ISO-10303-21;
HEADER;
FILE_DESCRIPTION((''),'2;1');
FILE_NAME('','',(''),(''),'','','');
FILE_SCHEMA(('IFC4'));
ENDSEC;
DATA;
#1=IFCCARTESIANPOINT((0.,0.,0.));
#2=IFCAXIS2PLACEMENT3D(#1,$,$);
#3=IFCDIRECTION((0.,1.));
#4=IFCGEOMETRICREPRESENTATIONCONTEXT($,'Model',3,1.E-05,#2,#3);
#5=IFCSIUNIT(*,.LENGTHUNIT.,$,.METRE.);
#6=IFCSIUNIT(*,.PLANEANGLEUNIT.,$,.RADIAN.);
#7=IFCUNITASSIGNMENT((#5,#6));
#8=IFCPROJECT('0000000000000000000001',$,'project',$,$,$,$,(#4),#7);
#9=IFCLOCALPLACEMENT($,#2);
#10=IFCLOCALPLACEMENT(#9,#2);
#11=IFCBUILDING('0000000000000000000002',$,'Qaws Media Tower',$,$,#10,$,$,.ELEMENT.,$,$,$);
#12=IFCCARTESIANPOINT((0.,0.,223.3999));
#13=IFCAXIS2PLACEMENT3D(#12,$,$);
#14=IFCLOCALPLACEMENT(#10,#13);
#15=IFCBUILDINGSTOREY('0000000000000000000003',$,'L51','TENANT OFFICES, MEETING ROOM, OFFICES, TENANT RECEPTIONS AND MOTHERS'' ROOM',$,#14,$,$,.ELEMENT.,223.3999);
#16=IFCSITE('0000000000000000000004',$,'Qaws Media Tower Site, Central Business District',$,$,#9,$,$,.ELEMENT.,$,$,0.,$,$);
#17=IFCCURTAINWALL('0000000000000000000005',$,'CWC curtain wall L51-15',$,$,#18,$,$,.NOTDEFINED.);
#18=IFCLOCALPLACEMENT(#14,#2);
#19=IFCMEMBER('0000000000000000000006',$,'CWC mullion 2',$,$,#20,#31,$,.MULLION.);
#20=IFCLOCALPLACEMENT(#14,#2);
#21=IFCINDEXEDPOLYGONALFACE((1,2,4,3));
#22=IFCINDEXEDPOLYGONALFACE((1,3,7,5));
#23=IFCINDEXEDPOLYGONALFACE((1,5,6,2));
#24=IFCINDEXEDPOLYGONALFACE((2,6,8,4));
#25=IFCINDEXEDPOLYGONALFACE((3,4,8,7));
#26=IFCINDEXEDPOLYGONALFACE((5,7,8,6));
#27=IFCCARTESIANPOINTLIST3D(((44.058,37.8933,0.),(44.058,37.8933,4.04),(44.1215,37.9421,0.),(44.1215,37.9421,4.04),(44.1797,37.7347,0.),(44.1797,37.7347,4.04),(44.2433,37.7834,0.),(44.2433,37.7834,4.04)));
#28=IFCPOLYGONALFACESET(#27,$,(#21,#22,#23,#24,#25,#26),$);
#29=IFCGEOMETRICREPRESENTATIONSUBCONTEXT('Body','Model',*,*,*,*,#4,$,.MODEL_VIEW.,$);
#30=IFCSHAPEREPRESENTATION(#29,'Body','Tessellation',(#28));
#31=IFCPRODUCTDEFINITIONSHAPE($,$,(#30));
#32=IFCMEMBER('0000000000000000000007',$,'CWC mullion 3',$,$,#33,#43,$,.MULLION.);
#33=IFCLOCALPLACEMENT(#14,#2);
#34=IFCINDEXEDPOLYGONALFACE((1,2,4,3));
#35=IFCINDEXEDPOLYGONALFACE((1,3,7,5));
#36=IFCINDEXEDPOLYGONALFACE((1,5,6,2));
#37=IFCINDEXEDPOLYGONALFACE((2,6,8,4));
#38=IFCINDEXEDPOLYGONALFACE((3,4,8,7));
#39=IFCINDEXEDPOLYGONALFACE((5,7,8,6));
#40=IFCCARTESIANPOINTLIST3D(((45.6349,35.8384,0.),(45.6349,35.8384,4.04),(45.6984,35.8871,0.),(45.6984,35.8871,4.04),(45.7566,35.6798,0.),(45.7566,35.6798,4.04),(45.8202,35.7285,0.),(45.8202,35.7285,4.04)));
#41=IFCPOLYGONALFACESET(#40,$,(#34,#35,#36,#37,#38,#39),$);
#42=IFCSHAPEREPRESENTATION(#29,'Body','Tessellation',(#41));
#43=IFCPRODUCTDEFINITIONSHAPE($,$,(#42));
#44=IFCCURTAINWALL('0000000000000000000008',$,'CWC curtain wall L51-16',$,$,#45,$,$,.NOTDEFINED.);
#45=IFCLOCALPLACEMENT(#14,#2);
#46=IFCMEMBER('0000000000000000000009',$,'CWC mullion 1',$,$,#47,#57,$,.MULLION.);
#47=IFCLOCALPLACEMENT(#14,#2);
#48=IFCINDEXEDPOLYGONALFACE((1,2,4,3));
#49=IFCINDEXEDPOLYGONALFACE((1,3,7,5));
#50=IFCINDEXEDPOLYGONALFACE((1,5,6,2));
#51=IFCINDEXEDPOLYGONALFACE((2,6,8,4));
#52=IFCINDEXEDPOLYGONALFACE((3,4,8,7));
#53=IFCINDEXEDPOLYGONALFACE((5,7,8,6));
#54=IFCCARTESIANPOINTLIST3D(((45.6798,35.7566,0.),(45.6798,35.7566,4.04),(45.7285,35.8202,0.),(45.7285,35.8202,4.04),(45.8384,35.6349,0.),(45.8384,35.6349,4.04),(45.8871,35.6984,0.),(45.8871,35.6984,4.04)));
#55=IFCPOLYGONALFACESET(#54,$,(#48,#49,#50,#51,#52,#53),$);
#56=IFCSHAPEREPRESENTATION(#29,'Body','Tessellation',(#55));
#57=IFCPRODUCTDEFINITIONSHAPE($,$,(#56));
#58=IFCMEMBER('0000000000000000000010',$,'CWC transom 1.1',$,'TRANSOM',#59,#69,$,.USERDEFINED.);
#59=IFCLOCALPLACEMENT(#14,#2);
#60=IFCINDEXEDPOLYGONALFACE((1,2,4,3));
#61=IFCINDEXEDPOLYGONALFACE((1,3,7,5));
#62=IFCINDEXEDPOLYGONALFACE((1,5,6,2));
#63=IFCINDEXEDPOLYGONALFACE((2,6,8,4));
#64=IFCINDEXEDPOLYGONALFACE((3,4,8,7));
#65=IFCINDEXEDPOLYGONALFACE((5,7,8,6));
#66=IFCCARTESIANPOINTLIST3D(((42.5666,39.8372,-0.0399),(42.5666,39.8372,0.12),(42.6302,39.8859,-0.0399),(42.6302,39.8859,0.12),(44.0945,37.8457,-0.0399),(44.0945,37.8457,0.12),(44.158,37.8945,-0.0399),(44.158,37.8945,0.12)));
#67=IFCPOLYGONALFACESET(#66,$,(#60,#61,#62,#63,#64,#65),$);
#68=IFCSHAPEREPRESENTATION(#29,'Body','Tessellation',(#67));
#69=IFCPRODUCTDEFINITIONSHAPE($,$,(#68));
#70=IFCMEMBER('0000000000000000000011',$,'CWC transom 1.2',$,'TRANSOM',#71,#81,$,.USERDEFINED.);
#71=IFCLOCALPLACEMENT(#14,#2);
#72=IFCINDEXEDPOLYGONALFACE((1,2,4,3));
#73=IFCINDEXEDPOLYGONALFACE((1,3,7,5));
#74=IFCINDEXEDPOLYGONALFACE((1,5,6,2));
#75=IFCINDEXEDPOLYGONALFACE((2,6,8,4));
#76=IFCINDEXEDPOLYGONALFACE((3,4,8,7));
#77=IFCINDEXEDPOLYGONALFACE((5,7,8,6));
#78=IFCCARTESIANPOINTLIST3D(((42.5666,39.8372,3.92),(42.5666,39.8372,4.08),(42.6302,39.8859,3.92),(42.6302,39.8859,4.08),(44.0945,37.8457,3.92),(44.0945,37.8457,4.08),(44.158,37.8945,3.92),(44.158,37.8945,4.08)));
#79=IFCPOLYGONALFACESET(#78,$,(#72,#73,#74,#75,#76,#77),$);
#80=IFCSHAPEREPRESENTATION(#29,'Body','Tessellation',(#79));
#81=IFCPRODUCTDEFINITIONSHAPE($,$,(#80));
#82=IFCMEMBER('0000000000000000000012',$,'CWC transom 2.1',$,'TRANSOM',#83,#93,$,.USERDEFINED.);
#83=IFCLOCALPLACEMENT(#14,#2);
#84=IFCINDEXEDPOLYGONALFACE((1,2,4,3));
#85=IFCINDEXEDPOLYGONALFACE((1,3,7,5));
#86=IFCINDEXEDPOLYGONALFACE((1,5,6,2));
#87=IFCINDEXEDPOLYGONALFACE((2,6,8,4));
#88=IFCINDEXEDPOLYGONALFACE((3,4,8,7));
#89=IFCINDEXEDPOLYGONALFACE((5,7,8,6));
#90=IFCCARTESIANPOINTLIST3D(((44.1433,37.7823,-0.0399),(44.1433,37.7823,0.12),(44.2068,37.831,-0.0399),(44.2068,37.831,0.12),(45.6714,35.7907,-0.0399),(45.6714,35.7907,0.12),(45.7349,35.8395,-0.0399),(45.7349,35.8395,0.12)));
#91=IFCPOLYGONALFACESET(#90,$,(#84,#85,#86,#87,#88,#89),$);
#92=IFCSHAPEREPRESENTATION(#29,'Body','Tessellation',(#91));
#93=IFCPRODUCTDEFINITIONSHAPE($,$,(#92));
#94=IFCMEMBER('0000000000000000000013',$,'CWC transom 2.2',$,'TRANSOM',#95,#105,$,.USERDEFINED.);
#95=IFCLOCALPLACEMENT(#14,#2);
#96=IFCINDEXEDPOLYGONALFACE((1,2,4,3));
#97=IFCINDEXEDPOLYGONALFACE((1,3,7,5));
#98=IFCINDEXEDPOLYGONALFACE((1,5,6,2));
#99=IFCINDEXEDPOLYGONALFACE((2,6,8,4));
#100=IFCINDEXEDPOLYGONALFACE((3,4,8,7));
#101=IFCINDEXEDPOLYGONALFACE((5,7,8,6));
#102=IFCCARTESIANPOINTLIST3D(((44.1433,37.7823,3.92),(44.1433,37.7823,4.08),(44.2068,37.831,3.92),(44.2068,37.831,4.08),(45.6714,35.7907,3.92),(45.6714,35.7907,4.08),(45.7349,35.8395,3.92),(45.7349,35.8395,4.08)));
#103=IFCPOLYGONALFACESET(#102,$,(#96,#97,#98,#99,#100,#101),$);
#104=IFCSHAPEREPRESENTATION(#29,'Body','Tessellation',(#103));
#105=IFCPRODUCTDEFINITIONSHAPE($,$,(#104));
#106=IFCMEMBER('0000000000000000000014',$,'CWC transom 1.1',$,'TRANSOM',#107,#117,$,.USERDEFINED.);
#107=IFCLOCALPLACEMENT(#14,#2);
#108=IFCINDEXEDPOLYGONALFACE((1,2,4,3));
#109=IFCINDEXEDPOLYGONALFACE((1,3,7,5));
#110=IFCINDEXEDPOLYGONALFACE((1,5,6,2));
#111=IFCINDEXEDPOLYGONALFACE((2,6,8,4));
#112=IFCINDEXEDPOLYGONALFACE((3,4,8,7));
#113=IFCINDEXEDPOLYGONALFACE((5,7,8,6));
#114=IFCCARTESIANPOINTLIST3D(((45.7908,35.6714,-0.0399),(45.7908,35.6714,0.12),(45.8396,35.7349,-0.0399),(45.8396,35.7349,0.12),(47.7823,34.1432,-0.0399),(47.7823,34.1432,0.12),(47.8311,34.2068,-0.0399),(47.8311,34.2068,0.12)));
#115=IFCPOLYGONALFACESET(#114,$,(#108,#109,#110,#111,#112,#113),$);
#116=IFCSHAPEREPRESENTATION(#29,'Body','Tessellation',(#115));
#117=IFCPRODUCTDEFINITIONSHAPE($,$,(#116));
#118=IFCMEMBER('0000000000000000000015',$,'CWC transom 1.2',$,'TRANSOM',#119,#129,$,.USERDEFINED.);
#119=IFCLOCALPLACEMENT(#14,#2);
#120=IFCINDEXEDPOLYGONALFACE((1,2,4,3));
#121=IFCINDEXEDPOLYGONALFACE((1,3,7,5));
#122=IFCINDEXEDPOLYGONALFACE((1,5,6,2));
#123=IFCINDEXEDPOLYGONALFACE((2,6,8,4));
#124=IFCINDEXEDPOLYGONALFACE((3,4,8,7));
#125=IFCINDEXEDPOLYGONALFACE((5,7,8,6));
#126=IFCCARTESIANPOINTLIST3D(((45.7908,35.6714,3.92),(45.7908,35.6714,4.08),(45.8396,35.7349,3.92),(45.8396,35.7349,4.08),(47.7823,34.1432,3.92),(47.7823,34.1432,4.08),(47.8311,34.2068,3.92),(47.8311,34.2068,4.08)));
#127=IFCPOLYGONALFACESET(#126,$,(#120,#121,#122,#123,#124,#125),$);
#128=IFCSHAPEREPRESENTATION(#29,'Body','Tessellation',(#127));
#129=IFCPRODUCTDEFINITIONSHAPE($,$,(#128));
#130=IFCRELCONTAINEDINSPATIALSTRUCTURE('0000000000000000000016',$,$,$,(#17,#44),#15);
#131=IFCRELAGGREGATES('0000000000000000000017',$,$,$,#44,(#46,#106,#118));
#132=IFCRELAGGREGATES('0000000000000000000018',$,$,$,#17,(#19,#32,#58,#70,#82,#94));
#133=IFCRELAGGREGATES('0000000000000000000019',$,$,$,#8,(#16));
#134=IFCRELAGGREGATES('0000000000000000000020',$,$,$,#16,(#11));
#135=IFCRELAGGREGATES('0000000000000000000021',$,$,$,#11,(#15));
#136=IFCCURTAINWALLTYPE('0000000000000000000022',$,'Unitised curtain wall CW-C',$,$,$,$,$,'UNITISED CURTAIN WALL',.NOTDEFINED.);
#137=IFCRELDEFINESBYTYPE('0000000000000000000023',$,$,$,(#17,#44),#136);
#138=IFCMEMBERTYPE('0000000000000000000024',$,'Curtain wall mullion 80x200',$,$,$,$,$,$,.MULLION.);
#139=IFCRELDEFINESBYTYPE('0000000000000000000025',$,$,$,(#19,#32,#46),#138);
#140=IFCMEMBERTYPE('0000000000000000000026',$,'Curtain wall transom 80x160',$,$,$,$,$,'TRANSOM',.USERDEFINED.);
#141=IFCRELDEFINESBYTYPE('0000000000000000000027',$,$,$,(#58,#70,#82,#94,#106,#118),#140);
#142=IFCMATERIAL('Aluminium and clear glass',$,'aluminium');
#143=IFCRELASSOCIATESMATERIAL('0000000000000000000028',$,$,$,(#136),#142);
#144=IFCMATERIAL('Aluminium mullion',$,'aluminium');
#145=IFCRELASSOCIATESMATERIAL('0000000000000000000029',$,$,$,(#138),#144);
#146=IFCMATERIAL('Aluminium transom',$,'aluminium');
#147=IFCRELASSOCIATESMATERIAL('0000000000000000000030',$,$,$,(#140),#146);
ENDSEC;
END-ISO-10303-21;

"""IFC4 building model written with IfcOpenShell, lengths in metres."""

from ifc_helpers import new_model, si_unit, direction, frame, origin, origin_2d, place, context, subcontext, project, spatial, rectangle, extrude, material, material_profile, profile_set, type_object, element, aggregate, save


model = new_model("IFC4")

# Units and contexts
model_context = context("Model", 3, precision=1e-05, world=origin(), true_north=direction((0.0, 1.0)))
body_context = subcontext(model_context, "Body", "Model", "MODEL_VIEW")
ifc_project = project(units=[si_unit("LENGTHUNIT", "METRE"), si_unit("PLANEANGLEUNIT", "RADIAN")], contexts=[model_context])

# Site, building, storey
site_placement = place(None, origin())
site = spatial("IfcSite", under=ifc_project, at=site_placement, Name="Qaws Media Tower Site, Central Business District", CompositionType="ELEMENT", RefElevation=0.0)
building_placement = place(site_placement, origin())
building = spatial("IfcBuilding", under=site, at=building_placement, Name="Qaws Media Tower", CompositionType="ELEMENT")
storey_placement = place(building_placement, frame((0.0, 0.0, 223.3999)))
storey = spatial("IfcBuildingStorey", under=building, at=storey_placement, Name="L51", Description="TENANT OFFICES, MEETING ROOM, OFFICES, TENANT RECEPTIONS AND MOTHERS' ROOM", CompositionType="ELEMENT", Elevation=223.3999)

# Shared definitions
ifc_material_1 = material(Name="Aluminium and clear glass", Category="aluminium")
curtain_wall_type = type_object("IfcCurtainWallType", Name="Unitised curtain wall CW-C", ElementType="UNITISED CURTAIN WALL", PredefinedType="NOTDEFINED", material=ifc_material_1)
ifc_material_2 = material(Name="Aluminium mullion", Category="aluminium")
ifc_material_profile_1 = material_profile(ifc_material_2, rectangle(XDim=0.0801, YDim=0.2, at=origin_2d()), Name="80x200")
ifc_profile_set_1 = profile_set([ifc_material_profile_1], Name="Aluminium mullion")
member_type_1 = type_object("IfcMemberType", Name="Curtain wall mullion 80x200", PredefinedType="MULLION", material=ifc_profile_set_1)

# Curtain wall, members
curtain_wall_1_placement = place(storey_placement, origin())
curtain_wall_1 = element("IfcCurtainWall", 1, at=curtain_wall_1_placement, inside=storey, type_object=curtain_wall_type, Name="CWC curtain wall L51-15", PredefinedType="NOTDEFINED")
member_1_placement = place(storey_placement, frame((44.1506, 37.8384, 0.0), z_axis=(0.0, 0.0, 1.0), x_axis=(0.793353, 0.608761, 0.0)))
member_1 = element("IfcMember", 2, at=member_1_placement, type_object=member_type_1, Name="CWC mullion 2", PredefinedType="MULLION", context=body_context, shape_type="SweptSolid", body=[
    extrude(rectangle(XDim=0.0801, YDim=0.2, at=origin_2d()), origin(), (0.0, 0.0, 1.0), 4.04),
])
member_2_placement = place(storey_placement, frame((45.7275, 35.7834, 0.0), z_axis=(0.0, 0.0, 1.0), x_axis=(0.793353, 0.608761, 0.0)))
member_2 = element("IfcMember", 3, at=member_2_placement, type_object=member_type_1, Name="CWC mullion 3", PredefinedType="MULLION", context=body_context, shape_type="SweptSolid", body=[
    extrude(rectangle(XDim=0.0801, YDim=0.2, at=origin_2d()), origin(), (0.0, 0.0, 1.0), 4.04),
])

# Curtain wall, member
curtain_wall_2_placement = place(storey_placement, origin())
curtain_wall_2 = element("IfcCurtainWall", 4, at=curtain_wall_2_placement, inside=storey, type_object=curtain_wall_type, Name="CWC curtain wall L51-16", PredefinedType="NOTDEFINED")
member_3_placement = place(storey_placement, frame((45.7834, 35.7275, 0.0), z_axis=(0.0, 0.0, 1.0), x_axis=(0.608761, 0.793353, 0.0)))
member_3 = element("IfcMember", 5, at=member_3_placement, type_object=member_type_1, Name="CWC mullion 1", PredefinedType="MULLION", context=body_context, shape_type="SweptSolid", body=[
    extrude(rectangle(XDim=0.0801, YDim=0.2, at=origin_2d()), origin(), (0.0, 0.0, 1.0), 4.04),
])

# Members
ifc_material_3 = material(Name="Aluminium transom", Category="aluminium")
ifc_material_profile_2 = material_profile(ifc_material_3, rectangle(XDim=0.0801, YDim=0.1599, at=origin_2d()), Name="80x160")
ifc_profile_set_2 = profile_set([ifc_material_profile_2], Name="Aluminium transom")
member_type_2 = type_object("IfcMemberType", Name="Curtain wall transom 80x160", ElementType="TRANSOM", PredefinedType="USERDEFINED", material=ifc_profile_set_2)
member_4_placement = place(storey_placement, frame((42.5984, 39.8616, 0.04), z_axis=(0.608695, -0.793404, 0.0), x_axis=(0.793404, 0.608695, 0.0)))
member_4 = element("IfcMember", 6, at=member_4_placement, type_object=member_type_2, Name="CWC transom 1.1", ObjectType="TRANSOM", PredefinedType="USERDEFINED", context=body_context, shape_type="SweptSolid", body=[
    extrude(rectangle(XDim=0.0801, YDim=0.1599, at=origin_2d()), origin(), (0.0, 0.0, 1.0), 2.51),
])
member_5_placement = place(storey_placement, frame((42.5984, 39.8616, 4.0), z_axis=(0.608695, -0.793404, 0.0), x_axis=(0.793404, 0.608695, 0.0)))
member_5 = element("IfcMember", 7, at=member_5_placement, type_object=member_type_2, Name="CWC transom 1.2", ObjectType="TRANSOM", PredefinedType="USERDEFINED", context=body_context, shape_type="SweptSolid", body=[
    extrude(rectangle(XDim=0.0801, YDim=0.1599, at=origin_2d()), origin(), (0.0, 0.0, 1.0), 2.51),
])
member_6_placement = place(storey_placement, frame((44.175, 37.8066, 0.04), z_axis=(0.608756, -0.793357, 0.0), x_axis=(0.793357, 0.608756, 0.0)))
member_6 = element("IfcMember", 8, at=member_6_placement, type_object=member_type_2, Name="CWC transom 2.1", ObjectType="TRANSOM", PredefinedType="USERDEFINED", context=body_context, shape_type="SweptSolid", body=[
    extrude(rectangle(XDim=0.0801, YDim=0.1599, at=origin_2d()), origin(), (0.0, 0.0, 1.0), 2.5103),
])
member_7_placement = place(storey_placement, frame((44.175, 37.8066, 4.0), z_axis=(0.608756, -0.793357, 0.0), x_axis=(0.793357, 0.608756, 0.0)))
member_7 = element("IfcMember", 9, at=member_7_placement, type_object=member_type_2, Name="CWC transom 2.2", ObjectType="TRANSOM", PredefinedType="USERDEFINED", context=body_context, shape_type="SweptSolid", body=[
    extrude(rectangle(XDim=0.0801, YDim=0.1599, at=origin_2d()), origin(), (0.0, 0.0, 1.0), 2.5103),
])
member_8_placement = place(storey_placement, frame((45.8152, 35.7031, 0.04), z_axis=(0.793357, -0.608756, 0.0), x_axis=(0.608756, 0.793357, 0.0)))
member_8 = element("IfcMember", 10, at=member_8_placement, type_object=member_type_2, Name="CWC transom 1.1", ObjectType="TRANSOM", PredefinedType="USERDEFINED", context=body_context, shape_type="SweptSolid", body=[
    extrude(rectangle(XDim=0.0801, YDim=0.1599, at=origin_2d()), origin(), (0.0, 0.0, 1.0), 2.5103),
])
member_9_placement = place(storey_placement, frame((45.8152, 35.7031, 4.0), z_axis=(0.793357, -0.608756, 0.0), x_axis=(0.608756, 0.793357, 0.0)))
member_9 = element("IfcMember", 11, at=member_9_placement, type_object=member_type_2, Name="CWC transom 1.2", ObjectType="TRANSOM", PredefinedType="USERDEFINED", context=body_context, shape_type="SweptSolid", body=[
    extrude(rectangle(XDim=0.0801, YDim=0.1599, at=origin_2d()), origin(), (0.0, 0.0, 1.0), 2.5103),
])
aggregate(curtain_wall_2, [member_3, member_8, member_9])

aggregate(curtain_wall_1, [member_1, member_2, member_4, member_5, member_6, member_7])

save(model, "model.ifc")
